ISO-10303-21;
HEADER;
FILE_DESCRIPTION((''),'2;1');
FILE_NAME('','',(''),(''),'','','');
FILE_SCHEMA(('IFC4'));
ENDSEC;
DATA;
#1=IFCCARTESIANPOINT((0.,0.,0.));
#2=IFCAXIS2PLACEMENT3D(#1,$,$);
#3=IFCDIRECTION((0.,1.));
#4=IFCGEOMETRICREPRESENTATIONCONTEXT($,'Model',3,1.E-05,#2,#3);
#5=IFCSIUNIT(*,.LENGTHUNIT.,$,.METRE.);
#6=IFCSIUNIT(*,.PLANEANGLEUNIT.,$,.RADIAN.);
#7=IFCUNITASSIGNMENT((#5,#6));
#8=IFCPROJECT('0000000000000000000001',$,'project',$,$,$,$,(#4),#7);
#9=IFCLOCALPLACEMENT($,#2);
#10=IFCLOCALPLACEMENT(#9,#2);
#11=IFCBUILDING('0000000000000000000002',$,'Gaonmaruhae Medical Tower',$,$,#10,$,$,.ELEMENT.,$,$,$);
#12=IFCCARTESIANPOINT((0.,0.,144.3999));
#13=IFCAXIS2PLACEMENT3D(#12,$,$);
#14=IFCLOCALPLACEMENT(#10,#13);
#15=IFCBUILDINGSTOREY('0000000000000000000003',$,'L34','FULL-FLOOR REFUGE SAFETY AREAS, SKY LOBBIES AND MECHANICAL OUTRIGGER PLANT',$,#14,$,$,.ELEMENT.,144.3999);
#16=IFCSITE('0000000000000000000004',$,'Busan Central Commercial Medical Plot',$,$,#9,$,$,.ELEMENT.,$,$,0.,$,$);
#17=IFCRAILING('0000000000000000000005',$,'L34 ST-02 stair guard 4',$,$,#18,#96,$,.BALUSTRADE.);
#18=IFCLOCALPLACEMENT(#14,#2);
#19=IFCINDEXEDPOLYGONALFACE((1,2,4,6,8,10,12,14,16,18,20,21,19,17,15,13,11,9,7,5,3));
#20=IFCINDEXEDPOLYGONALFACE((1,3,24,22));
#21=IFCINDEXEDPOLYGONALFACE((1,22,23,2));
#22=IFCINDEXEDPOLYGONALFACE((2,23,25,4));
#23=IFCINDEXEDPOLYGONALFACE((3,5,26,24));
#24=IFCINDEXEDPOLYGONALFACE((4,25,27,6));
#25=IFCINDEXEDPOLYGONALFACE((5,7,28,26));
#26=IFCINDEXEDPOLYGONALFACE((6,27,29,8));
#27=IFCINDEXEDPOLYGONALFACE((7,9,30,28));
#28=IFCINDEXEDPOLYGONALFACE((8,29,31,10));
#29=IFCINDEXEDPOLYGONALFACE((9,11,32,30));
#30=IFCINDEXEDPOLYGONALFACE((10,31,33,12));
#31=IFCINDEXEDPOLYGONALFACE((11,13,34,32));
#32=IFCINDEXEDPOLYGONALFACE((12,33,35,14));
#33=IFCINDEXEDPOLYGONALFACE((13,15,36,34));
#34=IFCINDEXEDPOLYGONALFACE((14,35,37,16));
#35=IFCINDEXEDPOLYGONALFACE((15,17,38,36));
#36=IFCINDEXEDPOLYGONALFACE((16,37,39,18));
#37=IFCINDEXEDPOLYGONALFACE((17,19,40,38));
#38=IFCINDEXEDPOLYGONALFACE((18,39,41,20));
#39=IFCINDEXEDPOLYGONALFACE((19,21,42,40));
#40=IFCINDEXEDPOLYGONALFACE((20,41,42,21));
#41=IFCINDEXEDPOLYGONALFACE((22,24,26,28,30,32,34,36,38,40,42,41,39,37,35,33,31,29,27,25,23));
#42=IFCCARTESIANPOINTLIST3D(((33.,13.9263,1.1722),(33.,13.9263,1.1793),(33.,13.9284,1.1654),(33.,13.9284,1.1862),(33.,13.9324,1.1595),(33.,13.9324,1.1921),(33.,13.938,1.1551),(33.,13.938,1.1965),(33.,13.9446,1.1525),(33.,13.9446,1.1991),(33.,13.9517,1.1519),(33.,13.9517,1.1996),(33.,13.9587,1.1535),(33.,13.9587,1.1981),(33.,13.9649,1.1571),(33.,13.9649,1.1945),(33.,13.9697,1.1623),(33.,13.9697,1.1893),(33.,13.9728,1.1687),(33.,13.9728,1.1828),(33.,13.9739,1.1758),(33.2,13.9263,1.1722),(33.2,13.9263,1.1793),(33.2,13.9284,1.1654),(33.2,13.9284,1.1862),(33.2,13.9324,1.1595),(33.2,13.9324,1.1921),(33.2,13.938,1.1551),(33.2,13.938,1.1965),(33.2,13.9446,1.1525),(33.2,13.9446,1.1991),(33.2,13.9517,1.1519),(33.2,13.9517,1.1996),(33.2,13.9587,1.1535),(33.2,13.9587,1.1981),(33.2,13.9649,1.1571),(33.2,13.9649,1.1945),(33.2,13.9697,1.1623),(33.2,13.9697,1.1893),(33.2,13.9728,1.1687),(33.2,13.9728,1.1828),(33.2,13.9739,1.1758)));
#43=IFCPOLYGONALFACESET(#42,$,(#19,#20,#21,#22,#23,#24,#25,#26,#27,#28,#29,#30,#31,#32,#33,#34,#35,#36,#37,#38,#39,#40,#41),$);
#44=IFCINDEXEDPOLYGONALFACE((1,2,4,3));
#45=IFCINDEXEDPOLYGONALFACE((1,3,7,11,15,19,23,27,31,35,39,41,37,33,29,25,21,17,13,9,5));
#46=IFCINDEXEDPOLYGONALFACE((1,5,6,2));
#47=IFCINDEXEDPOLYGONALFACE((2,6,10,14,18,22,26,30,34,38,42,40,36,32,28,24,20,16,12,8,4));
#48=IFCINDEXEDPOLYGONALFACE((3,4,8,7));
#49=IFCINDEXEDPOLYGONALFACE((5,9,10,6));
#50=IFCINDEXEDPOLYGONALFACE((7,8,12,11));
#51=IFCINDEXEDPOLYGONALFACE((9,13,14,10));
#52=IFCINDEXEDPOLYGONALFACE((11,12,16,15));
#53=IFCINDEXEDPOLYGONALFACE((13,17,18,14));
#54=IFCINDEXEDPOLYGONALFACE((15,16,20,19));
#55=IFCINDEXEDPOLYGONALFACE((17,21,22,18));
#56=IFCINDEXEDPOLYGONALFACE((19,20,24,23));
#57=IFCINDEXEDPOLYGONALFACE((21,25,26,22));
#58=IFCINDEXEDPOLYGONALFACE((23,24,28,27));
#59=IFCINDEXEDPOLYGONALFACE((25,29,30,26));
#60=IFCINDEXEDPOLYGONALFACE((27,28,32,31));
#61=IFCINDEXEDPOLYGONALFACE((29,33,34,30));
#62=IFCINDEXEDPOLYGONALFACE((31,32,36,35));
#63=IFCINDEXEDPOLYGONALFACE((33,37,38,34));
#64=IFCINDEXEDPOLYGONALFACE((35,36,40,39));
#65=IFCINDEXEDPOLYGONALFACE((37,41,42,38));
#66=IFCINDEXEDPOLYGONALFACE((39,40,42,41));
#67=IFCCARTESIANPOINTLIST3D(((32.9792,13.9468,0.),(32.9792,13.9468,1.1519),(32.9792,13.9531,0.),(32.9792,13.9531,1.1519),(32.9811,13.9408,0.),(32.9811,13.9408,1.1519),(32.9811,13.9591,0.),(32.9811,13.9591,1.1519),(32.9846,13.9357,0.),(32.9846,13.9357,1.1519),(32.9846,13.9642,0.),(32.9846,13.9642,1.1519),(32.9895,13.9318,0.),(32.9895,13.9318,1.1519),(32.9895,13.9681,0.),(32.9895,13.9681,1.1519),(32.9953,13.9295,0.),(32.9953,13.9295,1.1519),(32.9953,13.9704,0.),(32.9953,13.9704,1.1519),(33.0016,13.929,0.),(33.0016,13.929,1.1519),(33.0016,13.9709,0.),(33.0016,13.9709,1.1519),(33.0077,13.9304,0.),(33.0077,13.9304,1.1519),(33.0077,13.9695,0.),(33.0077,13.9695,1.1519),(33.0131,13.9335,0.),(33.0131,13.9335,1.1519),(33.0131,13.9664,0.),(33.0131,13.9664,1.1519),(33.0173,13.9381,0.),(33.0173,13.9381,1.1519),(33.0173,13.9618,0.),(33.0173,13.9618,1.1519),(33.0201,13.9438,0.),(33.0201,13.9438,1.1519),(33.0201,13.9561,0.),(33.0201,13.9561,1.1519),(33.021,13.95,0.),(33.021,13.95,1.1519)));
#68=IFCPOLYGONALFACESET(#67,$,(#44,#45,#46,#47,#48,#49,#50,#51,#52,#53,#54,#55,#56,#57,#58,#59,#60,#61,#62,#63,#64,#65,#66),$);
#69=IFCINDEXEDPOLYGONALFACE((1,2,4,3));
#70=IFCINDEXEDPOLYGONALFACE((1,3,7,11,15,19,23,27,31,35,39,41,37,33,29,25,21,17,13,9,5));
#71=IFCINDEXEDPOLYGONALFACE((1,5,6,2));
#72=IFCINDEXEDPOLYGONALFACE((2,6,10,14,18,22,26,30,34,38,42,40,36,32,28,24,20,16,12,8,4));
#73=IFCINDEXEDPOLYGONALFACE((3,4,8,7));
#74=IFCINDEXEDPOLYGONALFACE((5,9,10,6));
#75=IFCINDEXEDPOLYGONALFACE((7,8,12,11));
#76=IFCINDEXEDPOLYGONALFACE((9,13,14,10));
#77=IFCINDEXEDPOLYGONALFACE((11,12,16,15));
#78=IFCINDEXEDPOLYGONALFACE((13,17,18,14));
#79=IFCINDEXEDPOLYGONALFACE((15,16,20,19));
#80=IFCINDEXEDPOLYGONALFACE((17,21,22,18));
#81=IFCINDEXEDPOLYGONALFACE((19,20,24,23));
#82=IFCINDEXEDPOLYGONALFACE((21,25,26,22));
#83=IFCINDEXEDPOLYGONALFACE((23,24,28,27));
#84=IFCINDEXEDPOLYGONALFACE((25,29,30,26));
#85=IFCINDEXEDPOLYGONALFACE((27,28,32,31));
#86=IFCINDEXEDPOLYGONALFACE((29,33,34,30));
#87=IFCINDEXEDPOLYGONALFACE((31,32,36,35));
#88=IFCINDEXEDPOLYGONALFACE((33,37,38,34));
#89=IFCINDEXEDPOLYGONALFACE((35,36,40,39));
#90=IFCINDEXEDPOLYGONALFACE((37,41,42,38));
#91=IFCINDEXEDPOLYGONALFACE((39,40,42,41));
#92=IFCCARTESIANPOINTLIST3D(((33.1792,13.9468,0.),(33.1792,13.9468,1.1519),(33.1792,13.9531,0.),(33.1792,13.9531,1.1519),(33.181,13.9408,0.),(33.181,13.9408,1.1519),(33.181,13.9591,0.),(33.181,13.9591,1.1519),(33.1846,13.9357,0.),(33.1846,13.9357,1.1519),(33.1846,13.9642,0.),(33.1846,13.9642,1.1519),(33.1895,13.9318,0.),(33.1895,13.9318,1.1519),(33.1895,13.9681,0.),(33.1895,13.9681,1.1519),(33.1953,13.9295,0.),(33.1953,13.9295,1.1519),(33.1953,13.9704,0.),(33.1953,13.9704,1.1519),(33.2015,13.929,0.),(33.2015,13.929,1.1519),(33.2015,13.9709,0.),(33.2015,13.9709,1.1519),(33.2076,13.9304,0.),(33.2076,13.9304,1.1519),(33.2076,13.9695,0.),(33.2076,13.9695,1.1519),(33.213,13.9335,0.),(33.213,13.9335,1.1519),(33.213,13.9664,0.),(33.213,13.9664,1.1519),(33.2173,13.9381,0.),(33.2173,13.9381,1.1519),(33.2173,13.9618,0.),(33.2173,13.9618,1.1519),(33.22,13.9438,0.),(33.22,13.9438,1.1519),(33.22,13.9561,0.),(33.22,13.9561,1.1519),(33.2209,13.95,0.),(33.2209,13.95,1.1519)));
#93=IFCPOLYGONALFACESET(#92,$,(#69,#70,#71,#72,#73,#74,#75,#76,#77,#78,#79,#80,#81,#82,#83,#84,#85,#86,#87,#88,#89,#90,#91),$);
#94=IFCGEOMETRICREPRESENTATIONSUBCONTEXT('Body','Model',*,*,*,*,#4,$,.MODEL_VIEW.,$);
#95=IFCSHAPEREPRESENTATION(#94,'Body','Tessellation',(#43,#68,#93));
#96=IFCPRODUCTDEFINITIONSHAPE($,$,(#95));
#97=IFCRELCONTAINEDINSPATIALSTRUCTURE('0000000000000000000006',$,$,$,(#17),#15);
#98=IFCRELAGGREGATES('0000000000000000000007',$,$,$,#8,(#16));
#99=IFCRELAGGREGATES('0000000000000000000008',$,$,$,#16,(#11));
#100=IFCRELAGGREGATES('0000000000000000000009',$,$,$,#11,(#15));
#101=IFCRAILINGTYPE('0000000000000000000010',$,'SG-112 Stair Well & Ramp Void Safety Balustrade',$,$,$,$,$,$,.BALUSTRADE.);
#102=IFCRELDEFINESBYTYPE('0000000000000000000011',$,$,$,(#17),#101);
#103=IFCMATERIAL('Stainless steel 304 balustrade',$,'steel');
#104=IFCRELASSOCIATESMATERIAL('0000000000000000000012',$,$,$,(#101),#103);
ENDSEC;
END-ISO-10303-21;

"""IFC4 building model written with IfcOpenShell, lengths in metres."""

from ifc_helpers import new_model, si_unit, direction, frame, origin, origin_2d, place, context, subcontext, project, spatial, circle, extrude, material, type_object, element, save


model = new_model("IFC4")

# Units and contexts
model_context = context("Model", 3, precision=1e-05, world=origin(), true_north=direction((0.0, 1.0)))
body_context = subcontext(model_context, "Body", "Model", "MODEL_VIEW")
ifc_project = project(units=[si_unit("LENGTHUNIT", "METRE"), si_unit("PLANEANGLEUNIT", "RADIAN")], contexts=[model_context])

# Site, building, storey
site_placement = place(None, origin())
site = spatial("IfcSite", under=ifc_project, at=site_placement, Name="Busan Central Commercial Medical Plot", CompositionType="ELEMENT", RefElevation=0.0)
building_placement = place(site_placement, origin())
building = spatial("IfcBuilding", under=site, at=building_placement, Name="Gaonmaruhae Medical Tower", CompositionType="ELEMENT")
storey_placement = place(building_placement, frame((0.0, 0.0, 144.3999)))
storey = spatial("IfcBuildingStorey", under=building, at=storey_placement, Name="L34", Description="FULL-FLOOR REFUGE SAFETY AREAS, SKY LOBBIES AND MECHANICAL OUTRIGGER PLANT", CompositionType="ELEMENT", Elevation=144.3999)

# Railing
ifc_material_1 = material(Name="Stainless steel 304 balustrade", Category="steel")
railing_type_1 = type_object("IfcRailingType", Name="SG-112 Stair Well & Ramp Void Safety Balustrade", PredefinedType="BALUSTRADE", material=ifc_material_1)
railing_1_placement = place(storey_placement, frame((33.0, 13.95, 0.0)))
element("IfcRailing", 1, at=railing_1_placement, inside=storey, type_object=railing_type_1, Name="L34 ST-02 stair guard 4", PredefinedType="BALUSTRADE", context=body_context, shape_type="SweptSolid", body=[
    extrude(circle(Radius=0.0239, at=origin_2d()), frame((0.0, 0.0, 1.1758), z_axis=(1.0, 0.0, 0.0), x_axis=(0.0, 1.0, 0.0)), (0.0, 0.0, 1.0), 0.2),
    extrude(circle(Radius=0.021, at=origin_2d()), origin(), (0.0, 0.0, 1.0), 1.1519),
    extrude(circle(Radius=0.021, at=origin_2d()), frame((0.2, 0.0, 0.0)), (0.0, 0.0, 1.0), 1.1519),
])

save(model, "model.ifc")
